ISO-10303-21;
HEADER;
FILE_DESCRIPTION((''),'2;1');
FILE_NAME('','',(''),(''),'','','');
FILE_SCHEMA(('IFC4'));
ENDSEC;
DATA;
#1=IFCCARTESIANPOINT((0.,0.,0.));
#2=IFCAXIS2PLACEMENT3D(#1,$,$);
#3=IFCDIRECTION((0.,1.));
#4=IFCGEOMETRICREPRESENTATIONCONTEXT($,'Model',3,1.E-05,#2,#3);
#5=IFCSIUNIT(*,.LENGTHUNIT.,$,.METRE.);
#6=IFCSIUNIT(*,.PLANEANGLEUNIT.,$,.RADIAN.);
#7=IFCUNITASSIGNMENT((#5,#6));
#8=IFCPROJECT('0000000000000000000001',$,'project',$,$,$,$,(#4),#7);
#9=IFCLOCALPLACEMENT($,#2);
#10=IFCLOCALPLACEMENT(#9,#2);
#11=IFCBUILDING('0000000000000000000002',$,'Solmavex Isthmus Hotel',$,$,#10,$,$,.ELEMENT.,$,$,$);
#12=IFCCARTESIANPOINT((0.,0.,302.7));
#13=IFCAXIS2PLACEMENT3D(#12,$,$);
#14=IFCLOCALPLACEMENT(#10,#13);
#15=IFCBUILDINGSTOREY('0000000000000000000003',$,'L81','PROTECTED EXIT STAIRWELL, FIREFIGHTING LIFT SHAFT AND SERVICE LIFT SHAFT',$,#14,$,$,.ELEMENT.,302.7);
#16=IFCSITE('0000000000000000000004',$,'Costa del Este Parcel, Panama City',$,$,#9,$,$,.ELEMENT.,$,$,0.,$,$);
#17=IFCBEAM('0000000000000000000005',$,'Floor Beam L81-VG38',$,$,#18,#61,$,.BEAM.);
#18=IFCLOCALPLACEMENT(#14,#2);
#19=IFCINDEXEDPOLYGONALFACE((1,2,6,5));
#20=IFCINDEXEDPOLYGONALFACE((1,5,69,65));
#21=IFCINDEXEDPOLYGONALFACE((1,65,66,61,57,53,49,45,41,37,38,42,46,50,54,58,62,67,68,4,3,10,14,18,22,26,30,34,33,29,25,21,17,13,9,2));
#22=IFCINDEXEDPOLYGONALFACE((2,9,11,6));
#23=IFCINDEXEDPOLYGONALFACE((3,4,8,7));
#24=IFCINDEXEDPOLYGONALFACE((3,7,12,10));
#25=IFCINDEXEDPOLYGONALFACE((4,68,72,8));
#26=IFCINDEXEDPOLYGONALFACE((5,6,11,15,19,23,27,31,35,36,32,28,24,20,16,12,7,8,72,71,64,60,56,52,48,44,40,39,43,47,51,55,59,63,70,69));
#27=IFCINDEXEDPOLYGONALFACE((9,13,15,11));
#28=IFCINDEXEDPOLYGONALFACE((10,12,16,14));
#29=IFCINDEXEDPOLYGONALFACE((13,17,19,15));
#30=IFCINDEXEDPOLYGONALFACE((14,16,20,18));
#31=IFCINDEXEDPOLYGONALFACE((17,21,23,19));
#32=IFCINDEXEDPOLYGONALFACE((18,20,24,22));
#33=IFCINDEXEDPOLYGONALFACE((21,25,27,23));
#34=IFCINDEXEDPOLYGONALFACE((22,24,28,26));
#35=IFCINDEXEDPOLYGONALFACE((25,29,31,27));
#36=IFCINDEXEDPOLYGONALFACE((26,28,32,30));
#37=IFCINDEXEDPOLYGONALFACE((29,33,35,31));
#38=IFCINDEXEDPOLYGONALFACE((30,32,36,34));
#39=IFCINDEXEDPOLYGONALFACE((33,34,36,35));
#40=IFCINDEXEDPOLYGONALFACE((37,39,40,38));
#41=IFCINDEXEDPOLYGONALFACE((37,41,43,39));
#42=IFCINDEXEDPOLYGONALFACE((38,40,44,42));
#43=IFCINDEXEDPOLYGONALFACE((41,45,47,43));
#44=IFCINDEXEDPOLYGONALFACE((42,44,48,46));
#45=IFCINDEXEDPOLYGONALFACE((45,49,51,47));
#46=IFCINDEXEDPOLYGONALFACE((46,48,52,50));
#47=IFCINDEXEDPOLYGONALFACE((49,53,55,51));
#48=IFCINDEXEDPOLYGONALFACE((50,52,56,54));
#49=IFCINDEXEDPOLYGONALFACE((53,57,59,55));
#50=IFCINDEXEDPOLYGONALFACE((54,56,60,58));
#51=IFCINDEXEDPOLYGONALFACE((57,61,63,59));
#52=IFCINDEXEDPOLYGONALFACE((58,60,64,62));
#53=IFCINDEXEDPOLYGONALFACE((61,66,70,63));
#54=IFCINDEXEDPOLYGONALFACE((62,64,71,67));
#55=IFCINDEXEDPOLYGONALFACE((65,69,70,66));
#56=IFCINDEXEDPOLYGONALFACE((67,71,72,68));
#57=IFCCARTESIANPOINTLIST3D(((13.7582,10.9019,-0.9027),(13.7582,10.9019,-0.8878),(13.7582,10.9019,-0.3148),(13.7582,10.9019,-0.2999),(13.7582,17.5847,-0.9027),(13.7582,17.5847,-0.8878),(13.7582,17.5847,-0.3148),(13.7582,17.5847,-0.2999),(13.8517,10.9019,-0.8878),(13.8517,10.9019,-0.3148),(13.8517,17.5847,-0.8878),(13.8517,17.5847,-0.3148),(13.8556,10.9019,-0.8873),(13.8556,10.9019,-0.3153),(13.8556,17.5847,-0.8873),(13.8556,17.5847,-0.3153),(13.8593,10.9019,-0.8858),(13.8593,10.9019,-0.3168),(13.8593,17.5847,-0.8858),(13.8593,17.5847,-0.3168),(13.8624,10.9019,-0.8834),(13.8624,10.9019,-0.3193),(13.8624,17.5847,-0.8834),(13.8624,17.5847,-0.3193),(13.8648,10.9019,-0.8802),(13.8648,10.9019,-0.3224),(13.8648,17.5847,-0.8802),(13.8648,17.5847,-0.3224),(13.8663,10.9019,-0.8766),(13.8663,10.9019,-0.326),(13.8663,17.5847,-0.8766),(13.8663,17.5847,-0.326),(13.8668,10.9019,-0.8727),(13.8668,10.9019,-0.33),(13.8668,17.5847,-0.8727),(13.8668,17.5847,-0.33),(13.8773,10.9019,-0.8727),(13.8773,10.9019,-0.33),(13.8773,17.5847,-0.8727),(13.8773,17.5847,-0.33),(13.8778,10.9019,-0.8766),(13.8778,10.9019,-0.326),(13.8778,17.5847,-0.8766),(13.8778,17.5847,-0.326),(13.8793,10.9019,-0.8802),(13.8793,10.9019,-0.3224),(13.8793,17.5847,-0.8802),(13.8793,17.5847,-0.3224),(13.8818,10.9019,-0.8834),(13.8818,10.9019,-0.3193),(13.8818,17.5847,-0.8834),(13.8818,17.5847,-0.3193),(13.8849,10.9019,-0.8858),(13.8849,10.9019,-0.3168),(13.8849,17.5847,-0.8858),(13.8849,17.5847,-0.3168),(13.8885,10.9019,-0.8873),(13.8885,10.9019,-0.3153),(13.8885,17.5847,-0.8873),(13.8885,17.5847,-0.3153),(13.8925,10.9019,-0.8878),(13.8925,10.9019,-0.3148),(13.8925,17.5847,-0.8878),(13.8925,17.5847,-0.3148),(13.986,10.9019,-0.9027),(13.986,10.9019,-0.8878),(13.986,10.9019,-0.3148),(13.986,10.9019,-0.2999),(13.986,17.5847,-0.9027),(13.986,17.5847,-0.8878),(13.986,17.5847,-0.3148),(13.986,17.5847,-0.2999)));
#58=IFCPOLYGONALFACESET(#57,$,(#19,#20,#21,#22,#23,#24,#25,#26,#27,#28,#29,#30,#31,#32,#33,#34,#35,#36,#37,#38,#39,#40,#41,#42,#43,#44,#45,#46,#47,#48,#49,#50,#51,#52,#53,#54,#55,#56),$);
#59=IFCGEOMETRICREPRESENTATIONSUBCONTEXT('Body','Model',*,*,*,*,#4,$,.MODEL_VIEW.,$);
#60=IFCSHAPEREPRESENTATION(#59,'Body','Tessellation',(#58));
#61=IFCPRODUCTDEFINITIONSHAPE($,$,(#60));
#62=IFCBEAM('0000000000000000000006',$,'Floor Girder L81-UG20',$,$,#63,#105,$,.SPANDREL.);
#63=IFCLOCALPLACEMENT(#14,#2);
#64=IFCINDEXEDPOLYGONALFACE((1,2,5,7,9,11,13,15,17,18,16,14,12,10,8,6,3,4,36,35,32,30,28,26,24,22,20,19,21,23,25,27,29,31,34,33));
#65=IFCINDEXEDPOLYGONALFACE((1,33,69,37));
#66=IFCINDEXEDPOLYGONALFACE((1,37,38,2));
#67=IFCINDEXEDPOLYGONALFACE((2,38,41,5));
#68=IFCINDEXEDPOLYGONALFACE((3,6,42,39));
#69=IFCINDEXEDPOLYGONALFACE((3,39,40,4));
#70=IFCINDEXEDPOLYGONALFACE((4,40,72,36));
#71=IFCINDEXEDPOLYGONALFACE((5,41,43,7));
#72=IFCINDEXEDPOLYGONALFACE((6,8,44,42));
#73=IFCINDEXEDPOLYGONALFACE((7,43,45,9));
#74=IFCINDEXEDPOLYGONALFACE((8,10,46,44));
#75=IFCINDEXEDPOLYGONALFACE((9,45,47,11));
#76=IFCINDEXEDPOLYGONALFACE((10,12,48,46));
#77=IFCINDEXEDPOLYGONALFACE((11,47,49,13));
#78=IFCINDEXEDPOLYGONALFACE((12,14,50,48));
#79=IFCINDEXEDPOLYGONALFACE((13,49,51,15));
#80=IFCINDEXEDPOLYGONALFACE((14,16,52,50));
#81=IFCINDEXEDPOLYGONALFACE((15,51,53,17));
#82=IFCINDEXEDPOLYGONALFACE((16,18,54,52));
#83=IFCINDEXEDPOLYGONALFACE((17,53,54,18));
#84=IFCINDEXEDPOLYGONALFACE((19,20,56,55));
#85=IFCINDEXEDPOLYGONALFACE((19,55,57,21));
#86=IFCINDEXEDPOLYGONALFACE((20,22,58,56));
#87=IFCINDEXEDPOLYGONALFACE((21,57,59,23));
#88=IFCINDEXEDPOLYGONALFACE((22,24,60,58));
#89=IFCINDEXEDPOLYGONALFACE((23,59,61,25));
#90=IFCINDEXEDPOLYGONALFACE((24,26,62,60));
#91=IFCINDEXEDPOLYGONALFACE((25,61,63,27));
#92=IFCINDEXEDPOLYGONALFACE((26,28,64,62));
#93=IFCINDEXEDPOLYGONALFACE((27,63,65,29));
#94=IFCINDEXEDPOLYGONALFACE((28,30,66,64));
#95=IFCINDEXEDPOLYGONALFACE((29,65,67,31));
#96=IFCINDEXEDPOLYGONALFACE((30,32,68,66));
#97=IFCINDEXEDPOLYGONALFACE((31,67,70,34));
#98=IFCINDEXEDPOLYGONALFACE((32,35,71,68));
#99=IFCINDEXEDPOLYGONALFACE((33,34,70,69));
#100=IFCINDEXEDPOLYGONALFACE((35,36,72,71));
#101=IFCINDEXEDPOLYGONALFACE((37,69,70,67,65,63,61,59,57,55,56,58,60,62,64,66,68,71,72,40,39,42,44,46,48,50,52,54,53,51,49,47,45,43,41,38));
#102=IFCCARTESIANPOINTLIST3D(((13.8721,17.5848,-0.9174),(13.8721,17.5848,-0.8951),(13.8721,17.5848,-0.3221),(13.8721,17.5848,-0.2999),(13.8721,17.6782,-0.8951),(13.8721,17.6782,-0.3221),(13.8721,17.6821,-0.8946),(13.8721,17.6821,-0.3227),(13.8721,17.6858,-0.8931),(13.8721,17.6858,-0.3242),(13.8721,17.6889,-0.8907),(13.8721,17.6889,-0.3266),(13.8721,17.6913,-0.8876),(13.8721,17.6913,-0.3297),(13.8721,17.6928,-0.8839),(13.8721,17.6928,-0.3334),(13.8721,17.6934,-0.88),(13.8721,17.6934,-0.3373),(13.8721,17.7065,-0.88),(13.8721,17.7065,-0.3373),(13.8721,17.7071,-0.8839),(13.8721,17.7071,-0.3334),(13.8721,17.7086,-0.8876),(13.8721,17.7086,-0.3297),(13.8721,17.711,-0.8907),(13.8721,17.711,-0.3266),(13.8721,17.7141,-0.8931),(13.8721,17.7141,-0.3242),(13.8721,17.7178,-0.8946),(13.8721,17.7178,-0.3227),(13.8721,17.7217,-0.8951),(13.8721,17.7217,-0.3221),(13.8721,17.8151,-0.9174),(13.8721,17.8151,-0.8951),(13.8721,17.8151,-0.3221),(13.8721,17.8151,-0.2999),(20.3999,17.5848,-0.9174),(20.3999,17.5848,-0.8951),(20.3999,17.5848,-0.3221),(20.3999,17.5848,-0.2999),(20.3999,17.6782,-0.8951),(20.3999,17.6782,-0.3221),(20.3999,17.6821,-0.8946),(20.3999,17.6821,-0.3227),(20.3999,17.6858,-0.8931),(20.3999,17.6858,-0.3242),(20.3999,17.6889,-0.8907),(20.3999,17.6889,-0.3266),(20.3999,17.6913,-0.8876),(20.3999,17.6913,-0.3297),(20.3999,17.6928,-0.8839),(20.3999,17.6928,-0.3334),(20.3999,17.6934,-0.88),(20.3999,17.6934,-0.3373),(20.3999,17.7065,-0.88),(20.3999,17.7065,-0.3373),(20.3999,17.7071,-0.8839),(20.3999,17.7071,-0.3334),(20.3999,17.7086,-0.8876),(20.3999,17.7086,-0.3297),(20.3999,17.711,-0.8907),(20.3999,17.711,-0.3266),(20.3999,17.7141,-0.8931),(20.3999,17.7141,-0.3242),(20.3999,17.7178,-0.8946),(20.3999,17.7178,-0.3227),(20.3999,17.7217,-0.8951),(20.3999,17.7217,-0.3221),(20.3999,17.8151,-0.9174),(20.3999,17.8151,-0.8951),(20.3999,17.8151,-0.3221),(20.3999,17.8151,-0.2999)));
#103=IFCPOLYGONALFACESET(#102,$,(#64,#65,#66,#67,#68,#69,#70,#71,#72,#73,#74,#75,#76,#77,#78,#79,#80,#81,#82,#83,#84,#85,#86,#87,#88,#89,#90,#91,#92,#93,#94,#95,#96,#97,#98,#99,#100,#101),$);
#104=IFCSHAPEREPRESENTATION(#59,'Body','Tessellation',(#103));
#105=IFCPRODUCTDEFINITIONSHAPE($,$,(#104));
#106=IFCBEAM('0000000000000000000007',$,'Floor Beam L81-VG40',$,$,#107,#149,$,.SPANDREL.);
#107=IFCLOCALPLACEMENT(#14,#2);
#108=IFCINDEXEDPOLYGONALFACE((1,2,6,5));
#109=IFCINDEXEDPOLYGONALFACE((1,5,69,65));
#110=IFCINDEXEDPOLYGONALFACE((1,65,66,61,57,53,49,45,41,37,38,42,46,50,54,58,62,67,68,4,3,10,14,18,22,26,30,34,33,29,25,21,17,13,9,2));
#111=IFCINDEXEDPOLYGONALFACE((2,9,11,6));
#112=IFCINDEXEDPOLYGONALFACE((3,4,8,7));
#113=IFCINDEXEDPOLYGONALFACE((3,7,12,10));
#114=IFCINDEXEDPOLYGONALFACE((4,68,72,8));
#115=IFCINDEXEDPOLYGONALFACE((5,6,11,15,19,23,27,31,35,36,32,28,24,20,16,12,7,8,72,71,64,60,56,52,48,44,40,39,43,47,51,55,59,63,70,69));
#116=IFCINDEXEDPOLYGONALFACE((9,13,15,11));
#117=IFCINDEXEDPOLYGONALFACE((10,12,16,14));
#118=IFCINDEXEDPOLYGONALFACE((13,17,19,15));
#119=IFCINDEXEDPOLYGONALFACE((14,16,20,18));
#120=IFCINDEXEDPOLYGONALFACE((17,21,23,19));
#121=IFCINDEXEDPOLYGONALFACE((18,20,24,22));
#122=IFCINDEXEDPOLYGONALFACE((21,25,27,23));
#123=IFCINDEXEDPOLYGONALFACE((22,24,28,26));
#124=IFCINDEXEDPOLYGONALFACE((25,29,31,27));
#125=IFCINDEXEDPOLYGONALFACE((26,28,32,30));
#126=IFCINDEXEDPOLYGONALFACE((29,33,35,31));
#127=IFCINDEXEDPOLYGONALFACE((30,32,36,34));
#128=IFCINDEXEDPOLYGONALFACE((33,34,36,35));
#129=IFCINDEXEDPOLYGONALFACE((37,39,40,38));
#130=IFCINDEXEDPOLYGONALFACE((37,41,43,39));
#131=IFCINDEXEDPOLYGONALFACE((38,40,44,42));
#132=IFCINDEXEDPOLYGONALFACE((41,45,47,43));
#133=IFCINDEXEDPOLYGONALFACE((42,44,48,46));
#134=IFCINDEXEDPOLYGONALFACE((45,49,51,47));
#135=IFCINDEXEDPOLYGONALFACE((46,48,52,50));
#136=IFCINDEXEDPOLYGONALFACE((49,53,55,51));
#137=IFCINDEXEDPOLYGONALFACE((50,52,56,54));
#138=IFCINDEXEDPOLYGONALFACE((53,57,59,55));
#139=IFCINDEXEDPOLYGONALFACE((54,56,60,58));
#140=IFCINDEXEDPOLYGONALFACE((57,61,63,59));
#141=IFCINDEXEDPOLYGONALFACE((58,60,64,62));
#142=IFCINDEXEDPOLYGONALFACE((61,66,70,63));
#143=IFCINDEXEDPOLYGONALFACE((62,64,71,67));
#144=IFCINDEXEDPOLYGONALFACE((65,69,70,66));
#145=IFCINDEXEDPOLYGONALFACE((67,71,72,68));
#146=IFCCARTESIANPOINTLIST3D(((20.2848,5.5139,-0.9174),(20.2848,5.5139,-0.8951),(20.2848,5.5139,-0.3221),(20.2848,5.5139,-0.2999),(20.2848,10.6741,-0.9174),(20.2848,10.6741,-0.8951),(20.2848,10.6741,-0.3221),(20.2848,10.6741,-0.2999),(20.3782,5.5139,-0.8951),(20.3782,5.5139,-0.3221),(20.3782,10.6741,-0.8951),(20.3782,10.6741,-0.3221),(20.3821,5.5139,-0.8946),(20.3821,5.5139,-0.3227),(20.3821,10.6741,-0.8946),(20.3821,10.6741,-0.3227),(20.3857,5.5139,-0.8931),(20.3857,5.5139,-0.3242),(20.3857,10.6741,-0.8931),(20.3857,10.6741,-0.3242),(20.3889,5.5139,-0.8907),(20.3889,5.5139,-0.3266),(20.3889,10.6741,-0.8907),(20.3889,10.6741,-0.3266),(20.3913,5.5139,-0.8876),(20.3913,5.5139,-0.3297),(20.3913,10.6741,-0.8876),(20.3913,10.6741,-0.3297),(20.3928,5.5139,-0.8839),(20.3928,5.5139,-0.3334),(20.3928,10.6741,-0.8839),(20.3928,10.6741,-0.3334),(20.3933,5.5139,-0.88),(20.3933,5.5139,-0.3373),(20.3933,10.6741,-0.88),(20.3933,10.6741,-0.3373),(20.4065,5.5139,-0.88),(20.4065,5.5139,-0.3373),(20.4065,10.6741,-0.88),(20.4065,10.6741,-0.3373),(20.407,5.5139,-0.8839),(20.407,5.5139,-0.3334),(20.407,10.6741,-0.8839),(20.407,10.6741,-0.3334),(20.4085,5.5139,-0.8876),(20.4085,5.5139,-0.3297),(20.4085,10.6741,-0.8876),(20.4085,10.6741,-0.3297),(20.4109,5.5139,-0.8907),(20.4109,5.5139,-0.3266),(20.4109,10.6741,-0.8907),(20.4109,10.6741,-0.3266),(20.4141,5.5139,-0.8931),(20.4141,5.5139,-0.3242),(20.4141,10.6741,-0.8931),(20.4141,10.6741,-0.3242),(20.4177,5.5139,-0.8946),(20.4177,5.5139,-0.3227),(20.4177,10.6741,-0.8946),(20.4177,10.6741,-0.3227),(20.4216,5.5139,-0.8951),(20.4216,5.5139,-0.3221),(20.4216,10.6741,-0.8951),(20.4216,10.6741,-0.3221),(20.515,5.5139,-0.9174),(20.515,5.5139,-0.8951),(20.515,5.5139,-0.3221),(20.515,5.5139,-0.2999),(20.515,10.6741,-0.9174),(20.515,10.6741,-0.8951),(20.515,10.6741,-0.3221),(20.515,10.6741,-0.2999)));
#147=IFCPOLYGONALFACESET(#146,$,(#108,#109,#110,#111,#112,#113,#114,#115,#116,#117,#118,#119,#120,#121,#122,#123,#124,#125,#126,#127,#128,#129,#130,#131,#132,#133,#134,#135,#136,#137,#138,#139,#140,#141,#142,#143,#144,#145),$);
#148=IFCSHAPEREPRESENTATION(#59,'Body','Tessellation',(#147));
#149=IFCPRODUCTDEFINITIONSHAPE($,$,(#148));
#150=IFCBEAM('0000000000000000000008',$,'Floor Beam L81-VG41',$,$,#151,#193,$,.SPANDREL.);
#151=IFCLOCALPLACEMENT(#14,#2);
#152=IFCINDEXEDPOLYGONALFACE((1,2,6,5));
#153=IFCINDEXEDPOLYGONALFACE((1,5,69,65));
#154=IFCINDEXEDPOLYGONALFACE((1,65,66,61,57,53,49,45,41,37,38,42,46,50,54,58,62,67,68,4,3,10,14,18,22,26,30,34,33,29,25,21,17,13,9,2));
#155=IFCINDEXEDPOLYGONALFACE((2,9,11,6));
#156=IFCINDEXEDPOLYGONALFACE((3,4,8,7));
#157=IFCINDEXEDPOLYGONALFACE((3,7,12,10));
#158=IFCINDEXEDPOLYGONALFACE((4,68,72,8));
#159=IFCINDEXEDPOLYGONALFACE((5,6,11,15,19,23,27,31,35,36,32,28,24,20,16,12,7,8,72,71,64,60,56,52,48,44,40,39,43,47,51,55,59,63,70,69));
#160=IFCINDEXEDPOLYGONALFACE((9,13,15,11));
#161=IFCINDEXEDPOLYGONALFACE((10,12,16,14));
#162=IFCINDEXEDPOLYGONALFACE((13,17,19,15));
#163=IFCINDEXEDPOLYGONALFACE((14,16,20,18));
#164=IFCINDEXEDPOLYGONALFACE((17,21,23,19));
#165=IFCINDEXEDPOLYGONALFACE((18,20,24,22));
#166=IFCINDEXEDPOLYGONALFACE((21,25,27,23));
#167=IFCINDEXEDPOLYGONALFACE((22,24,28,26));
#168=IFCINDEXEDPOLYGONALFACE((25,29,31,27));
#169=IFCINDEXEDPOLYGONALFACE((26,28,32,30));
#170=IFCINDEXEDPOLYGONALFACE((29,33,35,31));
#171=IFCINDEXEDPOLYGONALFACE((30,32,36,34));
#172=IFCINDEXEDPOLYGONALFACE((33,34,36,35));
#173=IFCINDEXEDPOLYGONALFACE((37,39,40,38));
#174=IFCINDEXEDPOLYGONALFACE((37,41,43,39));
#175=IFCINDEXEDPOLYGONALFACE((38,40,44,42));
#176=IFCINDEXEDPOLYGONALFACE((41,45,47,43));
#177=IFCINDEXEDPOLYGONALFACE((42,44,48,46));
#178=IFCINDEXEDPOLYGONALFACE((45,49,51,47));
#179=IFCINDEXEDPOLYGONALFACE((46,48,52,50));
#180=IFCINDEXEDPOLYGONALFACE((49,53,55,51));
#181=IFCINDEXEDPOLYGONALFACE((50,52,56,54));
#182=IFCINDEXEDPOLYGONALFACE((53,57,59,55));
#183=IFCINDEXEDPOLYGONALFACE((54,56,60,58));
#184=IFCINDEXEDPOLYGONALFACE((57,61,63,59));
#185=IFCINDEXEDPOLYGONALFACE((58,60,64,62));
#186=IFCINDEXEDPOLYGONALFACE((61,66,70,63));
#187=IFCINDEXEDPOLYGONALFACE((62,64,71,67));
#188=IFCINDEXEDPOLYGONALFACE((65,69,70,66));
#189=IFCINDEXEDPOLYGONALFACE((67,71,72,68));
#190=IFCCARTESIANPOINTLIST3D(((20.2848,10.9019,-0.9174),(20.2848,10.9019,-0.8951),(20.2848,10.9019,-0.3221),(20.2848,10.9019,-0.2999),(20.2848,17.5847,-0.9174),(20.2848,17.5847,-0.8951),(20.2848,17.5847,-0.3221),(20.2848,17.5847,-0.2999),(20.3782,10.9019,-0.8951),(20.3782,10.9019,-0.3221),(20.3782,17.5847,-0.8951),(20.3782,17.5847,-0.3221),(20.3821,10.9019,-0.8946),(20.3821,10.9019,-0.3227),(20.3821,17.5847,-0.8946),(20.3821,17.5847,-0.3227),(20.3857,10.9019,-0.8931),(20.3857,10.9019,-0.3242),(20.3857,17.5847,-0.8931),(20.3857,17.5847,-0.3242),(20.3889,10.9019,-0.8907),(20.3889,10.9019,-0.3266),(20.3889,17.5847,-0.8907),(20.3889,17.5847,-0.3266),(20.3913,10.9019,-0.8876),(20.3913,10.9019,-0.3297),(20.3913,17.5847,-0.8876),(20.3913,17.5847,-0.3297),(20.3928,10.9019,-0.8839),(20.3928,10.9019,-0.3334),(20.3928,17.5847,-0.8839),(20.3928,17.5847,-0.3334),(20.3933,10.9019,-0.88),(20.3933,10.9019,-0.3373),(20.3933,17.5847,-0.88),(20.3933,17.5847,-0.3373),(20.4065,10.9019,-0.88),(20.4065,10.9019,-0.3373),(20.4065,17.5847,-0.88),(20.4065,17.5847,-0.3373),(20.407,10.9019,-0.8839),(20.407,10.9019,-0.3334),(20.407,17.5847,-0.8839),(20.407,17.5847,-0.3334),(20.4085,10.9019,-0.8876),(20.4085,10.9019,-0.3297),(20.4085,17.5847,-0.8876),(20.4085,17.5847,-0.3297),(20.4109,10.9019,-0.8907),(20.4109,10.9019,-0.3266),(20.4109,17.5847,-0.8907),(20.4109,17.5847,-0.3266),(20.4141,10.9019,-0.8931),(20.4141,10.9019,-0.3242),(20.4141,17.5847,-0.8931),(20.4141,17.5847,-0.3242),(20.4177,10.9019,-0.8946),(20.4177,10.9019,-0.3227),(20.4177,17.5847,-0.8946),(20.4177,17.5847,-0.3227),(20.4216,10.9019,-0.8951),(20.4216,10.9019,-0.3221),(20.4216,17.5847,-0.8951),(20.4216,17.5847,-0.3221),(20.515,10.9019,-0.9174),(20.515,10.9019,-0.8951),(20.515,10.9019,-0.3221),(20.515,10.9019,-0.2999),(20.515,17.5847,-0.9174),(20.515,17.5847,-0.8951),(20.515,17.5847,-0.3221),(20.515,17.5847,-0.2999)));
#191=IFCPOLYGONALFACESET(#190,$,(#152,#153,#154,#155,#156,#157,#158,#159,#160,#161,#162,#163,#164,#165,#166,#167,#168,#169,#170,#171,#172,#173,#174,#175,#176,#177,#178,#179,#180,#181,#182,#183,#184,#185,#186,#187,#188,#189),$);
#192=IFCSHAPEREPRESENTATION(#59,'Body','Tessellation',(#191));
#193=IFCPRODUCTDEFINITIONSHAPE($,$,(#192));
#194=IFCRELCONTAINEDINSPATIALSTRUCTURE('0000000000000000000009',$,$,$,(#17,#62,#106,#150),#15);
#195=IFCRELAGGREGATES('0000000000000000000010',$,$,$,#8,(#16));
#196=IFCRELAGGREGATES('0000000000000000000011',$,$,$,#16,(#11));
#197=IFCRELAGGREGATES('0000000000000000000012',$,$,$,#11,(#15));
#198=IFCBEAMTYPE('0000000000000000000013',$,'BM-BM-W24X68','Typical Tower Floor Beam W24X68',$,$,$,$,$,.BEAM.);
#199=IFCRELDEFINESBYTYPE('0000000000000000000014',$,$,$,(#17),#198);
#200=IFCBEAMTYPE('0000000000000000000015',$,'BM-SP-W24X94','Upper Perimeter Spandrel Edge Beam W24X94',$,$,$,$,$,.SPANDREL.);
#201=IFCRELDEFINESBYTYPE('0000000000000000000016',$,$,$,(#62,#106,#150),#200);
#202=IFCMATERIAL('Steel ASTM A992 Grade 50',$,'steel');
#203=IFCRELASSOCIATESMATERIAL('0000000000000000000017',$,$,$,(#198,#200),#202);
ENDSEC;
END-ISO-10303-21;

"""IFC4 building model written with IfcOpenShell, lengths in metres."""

from ifc_helpers import new_model, si_unit, direction, frame, origin, origin_2d, place, context, subcontext, project, spatial, i_section, extrude, material, material_profile, profile_set, type_object, element, save


model = new_model("IFC4")

# Units and contexts
model_context = context("Model", 3, precision=1e-05, world=origin(), true_north=direction((0.0, 1.0)))
body_context = subcontext(model_context, "Body", "Model", "MODEL_VIEW")
ifc_project = project(units=[si_unit("LENGTHUNIT", "METRE"), si_unit("PLANEANGLEUNIT", "RADIAN")], contexts=[model_context])

# Site, building, storey
site_placement = place(None, origin())
site = spatial("IfcSite", under=ifc_project, at=site_placement, Name="Costa del Este Parcel, Panama City", CompositionType="ELEMENT", RefElevation=0.0)
building_placement = place(site_placement, origin())
building = spatial("IfcBuilding", under=site, at=building_placement, Name="Solmavex Isthmus Hotel", CompositionType="ELEMENT")
storey_placement = place(building_placement, frame((0.0, 0.0, 302.7)))
storey = spatial("IfcBuildingStorey", under=building, at=storey_placement, Name="L81", Description="PROTECTED EXIT STAIRWELL, FIREFIGHTING LIFT SHAFT AND SERVICE LIFT SHAFT", CompositionType="ELEMENT", Elevation=302.7)

# Beams
ifc_material_1 = material(Name="Steel ASTM A992 Grade 50", Category="steel")
ifc_material_profile_1 = material_profile(ifc_material_1, i_section(OverallWidth=0.2278, OverallDepth=0.6028, WebThickness=0.0105, FlangeThickness=0.0149, FilletRadius=0.0151, at=origin_2d()), Name="W24X68")
ifc_profile_set_1 = profile_set([ifc_material_profile_1], Name="Steel ASTM A992 Grade 50")
beam_type_1 = type_object("IfcBeamType", Name="BM-BM-W24X68", Description="Typical Tower Floor Beam W24X68", PredefinedType="BEAM", material=ifc_profile_set_1)
beam_1_placement = place(storey_placement, frame((13.8721, 10.9019, -0.6013), z_axis=(0.0, 1.0, 0.0), x_axis=(-1.0, 0.0, 0.0)))
element("IfcBeam", 1, at=beam_1_placement, inside=storey, type_object=beam_type_1, Name="Floor Beam L81-VG38", PredefinedType="BEAM", context=body_context, shape_type="SweptSolid", body=[
    extrude(i_section(OverallWidth=0.2278, OverallDepth=0.6028, WebThickness=0.0105, FlangeThickness=0.0149, FilletRadius=0.0151, at=origin_2d()), origin(), (0.0, 0.0, 1.0), 6.6829),
])
ifc_material_profile_2 = material_profile(ifc_material_1, i_section(OverallWidth=0.2302, OverallDepth=0.6174, WebThickness=0.0132, FlangeThickness=0.0222, FilletRadius=0.0151, at=origin_2d()), Name="W24X94")
ifc_profile_set_2 = profile_set([ifc_material_profile_2], Name="Steel ASTM A992 Grade 50")
beam_type_2 = type_object("IfcBeamType", Name="BM-SP-W24X94", Description="Upper Perimeter Spandrel Edge Beam W24X94", PredefinedType="SPANDREL", material=ifc_profile_set_2)
beam_2_placement = place(storey_placement, frame((13.8721, 17.7, -0.6086), z_axis=(1.0, 0.0, 0.0), x_axis=(0.0, 1.0, 0.0)))
element("IfcBeam", 2, at=beam_2_placement, inside=storey, type_object=beam_type_2, Name="Floor Girder L81-UG20", PredefinedType="SPANDREL", context=body_context, shape_type="SweptSolid", body=[
    extrude(i_section(OverallWidth=0.2302, OverallDepth=0.6174, WebThickness=0.0132, FlangeThickness=0.0222, FilletRadius=0.0151, at=origin_2d()), origin(), (0.0, 0.0, 1.0), 6.5278),
])
beam_3_placement = place(storey_placement, frame((20.3999, 5.5139, -0.6086), z_axis=(0.0, 1.0, 0.0), x_axis=(-1.0, 0.0, 0.0)))
element("IfcBeam", 3, at=beam_3_placement, inside=storey, type_object=beam_type_2, Name="Floor Beam L81-VG40", PredefinedType="SPANDREL", context=body_context, shape_type="SweptSolid", body=[
    extrude(i_section(OverallWidth=0.2302, OverallDepth=0.6174, WebThickness=0.0132, FlangeThickness=0.0222, FilletRadius=0.0151, at=origin_2d()), origin(), (0.0, 0.0, 1.0), 5.1602),
])
beam_4_placement = place(storey_placement, frame((20.3999, 10.9019, -0.6086), z_axis=(0.0, 1.0, 0.0), x_axis=(-1.0, 0.0, 0.0)))
element("IfcBeam", 4, at=beam_4_placement, inside=storey, type_object=beam_type_2, Name="Floor Beam L81-VG41", PredefinedType="SPANDREL", context=body_context, shape_type="SweptSolid", body=[
    extrude(i_section(OverallWidth=0.2302, OverallDepth=0.6174, WebThickness=0.0132, FlangeThickness=0.0222, FilletRadius=0.0151, at=origin_2d()), origin(), (0.0, 0.0, 1.0), 6.6829),
])

save(model, "model.ifc")
